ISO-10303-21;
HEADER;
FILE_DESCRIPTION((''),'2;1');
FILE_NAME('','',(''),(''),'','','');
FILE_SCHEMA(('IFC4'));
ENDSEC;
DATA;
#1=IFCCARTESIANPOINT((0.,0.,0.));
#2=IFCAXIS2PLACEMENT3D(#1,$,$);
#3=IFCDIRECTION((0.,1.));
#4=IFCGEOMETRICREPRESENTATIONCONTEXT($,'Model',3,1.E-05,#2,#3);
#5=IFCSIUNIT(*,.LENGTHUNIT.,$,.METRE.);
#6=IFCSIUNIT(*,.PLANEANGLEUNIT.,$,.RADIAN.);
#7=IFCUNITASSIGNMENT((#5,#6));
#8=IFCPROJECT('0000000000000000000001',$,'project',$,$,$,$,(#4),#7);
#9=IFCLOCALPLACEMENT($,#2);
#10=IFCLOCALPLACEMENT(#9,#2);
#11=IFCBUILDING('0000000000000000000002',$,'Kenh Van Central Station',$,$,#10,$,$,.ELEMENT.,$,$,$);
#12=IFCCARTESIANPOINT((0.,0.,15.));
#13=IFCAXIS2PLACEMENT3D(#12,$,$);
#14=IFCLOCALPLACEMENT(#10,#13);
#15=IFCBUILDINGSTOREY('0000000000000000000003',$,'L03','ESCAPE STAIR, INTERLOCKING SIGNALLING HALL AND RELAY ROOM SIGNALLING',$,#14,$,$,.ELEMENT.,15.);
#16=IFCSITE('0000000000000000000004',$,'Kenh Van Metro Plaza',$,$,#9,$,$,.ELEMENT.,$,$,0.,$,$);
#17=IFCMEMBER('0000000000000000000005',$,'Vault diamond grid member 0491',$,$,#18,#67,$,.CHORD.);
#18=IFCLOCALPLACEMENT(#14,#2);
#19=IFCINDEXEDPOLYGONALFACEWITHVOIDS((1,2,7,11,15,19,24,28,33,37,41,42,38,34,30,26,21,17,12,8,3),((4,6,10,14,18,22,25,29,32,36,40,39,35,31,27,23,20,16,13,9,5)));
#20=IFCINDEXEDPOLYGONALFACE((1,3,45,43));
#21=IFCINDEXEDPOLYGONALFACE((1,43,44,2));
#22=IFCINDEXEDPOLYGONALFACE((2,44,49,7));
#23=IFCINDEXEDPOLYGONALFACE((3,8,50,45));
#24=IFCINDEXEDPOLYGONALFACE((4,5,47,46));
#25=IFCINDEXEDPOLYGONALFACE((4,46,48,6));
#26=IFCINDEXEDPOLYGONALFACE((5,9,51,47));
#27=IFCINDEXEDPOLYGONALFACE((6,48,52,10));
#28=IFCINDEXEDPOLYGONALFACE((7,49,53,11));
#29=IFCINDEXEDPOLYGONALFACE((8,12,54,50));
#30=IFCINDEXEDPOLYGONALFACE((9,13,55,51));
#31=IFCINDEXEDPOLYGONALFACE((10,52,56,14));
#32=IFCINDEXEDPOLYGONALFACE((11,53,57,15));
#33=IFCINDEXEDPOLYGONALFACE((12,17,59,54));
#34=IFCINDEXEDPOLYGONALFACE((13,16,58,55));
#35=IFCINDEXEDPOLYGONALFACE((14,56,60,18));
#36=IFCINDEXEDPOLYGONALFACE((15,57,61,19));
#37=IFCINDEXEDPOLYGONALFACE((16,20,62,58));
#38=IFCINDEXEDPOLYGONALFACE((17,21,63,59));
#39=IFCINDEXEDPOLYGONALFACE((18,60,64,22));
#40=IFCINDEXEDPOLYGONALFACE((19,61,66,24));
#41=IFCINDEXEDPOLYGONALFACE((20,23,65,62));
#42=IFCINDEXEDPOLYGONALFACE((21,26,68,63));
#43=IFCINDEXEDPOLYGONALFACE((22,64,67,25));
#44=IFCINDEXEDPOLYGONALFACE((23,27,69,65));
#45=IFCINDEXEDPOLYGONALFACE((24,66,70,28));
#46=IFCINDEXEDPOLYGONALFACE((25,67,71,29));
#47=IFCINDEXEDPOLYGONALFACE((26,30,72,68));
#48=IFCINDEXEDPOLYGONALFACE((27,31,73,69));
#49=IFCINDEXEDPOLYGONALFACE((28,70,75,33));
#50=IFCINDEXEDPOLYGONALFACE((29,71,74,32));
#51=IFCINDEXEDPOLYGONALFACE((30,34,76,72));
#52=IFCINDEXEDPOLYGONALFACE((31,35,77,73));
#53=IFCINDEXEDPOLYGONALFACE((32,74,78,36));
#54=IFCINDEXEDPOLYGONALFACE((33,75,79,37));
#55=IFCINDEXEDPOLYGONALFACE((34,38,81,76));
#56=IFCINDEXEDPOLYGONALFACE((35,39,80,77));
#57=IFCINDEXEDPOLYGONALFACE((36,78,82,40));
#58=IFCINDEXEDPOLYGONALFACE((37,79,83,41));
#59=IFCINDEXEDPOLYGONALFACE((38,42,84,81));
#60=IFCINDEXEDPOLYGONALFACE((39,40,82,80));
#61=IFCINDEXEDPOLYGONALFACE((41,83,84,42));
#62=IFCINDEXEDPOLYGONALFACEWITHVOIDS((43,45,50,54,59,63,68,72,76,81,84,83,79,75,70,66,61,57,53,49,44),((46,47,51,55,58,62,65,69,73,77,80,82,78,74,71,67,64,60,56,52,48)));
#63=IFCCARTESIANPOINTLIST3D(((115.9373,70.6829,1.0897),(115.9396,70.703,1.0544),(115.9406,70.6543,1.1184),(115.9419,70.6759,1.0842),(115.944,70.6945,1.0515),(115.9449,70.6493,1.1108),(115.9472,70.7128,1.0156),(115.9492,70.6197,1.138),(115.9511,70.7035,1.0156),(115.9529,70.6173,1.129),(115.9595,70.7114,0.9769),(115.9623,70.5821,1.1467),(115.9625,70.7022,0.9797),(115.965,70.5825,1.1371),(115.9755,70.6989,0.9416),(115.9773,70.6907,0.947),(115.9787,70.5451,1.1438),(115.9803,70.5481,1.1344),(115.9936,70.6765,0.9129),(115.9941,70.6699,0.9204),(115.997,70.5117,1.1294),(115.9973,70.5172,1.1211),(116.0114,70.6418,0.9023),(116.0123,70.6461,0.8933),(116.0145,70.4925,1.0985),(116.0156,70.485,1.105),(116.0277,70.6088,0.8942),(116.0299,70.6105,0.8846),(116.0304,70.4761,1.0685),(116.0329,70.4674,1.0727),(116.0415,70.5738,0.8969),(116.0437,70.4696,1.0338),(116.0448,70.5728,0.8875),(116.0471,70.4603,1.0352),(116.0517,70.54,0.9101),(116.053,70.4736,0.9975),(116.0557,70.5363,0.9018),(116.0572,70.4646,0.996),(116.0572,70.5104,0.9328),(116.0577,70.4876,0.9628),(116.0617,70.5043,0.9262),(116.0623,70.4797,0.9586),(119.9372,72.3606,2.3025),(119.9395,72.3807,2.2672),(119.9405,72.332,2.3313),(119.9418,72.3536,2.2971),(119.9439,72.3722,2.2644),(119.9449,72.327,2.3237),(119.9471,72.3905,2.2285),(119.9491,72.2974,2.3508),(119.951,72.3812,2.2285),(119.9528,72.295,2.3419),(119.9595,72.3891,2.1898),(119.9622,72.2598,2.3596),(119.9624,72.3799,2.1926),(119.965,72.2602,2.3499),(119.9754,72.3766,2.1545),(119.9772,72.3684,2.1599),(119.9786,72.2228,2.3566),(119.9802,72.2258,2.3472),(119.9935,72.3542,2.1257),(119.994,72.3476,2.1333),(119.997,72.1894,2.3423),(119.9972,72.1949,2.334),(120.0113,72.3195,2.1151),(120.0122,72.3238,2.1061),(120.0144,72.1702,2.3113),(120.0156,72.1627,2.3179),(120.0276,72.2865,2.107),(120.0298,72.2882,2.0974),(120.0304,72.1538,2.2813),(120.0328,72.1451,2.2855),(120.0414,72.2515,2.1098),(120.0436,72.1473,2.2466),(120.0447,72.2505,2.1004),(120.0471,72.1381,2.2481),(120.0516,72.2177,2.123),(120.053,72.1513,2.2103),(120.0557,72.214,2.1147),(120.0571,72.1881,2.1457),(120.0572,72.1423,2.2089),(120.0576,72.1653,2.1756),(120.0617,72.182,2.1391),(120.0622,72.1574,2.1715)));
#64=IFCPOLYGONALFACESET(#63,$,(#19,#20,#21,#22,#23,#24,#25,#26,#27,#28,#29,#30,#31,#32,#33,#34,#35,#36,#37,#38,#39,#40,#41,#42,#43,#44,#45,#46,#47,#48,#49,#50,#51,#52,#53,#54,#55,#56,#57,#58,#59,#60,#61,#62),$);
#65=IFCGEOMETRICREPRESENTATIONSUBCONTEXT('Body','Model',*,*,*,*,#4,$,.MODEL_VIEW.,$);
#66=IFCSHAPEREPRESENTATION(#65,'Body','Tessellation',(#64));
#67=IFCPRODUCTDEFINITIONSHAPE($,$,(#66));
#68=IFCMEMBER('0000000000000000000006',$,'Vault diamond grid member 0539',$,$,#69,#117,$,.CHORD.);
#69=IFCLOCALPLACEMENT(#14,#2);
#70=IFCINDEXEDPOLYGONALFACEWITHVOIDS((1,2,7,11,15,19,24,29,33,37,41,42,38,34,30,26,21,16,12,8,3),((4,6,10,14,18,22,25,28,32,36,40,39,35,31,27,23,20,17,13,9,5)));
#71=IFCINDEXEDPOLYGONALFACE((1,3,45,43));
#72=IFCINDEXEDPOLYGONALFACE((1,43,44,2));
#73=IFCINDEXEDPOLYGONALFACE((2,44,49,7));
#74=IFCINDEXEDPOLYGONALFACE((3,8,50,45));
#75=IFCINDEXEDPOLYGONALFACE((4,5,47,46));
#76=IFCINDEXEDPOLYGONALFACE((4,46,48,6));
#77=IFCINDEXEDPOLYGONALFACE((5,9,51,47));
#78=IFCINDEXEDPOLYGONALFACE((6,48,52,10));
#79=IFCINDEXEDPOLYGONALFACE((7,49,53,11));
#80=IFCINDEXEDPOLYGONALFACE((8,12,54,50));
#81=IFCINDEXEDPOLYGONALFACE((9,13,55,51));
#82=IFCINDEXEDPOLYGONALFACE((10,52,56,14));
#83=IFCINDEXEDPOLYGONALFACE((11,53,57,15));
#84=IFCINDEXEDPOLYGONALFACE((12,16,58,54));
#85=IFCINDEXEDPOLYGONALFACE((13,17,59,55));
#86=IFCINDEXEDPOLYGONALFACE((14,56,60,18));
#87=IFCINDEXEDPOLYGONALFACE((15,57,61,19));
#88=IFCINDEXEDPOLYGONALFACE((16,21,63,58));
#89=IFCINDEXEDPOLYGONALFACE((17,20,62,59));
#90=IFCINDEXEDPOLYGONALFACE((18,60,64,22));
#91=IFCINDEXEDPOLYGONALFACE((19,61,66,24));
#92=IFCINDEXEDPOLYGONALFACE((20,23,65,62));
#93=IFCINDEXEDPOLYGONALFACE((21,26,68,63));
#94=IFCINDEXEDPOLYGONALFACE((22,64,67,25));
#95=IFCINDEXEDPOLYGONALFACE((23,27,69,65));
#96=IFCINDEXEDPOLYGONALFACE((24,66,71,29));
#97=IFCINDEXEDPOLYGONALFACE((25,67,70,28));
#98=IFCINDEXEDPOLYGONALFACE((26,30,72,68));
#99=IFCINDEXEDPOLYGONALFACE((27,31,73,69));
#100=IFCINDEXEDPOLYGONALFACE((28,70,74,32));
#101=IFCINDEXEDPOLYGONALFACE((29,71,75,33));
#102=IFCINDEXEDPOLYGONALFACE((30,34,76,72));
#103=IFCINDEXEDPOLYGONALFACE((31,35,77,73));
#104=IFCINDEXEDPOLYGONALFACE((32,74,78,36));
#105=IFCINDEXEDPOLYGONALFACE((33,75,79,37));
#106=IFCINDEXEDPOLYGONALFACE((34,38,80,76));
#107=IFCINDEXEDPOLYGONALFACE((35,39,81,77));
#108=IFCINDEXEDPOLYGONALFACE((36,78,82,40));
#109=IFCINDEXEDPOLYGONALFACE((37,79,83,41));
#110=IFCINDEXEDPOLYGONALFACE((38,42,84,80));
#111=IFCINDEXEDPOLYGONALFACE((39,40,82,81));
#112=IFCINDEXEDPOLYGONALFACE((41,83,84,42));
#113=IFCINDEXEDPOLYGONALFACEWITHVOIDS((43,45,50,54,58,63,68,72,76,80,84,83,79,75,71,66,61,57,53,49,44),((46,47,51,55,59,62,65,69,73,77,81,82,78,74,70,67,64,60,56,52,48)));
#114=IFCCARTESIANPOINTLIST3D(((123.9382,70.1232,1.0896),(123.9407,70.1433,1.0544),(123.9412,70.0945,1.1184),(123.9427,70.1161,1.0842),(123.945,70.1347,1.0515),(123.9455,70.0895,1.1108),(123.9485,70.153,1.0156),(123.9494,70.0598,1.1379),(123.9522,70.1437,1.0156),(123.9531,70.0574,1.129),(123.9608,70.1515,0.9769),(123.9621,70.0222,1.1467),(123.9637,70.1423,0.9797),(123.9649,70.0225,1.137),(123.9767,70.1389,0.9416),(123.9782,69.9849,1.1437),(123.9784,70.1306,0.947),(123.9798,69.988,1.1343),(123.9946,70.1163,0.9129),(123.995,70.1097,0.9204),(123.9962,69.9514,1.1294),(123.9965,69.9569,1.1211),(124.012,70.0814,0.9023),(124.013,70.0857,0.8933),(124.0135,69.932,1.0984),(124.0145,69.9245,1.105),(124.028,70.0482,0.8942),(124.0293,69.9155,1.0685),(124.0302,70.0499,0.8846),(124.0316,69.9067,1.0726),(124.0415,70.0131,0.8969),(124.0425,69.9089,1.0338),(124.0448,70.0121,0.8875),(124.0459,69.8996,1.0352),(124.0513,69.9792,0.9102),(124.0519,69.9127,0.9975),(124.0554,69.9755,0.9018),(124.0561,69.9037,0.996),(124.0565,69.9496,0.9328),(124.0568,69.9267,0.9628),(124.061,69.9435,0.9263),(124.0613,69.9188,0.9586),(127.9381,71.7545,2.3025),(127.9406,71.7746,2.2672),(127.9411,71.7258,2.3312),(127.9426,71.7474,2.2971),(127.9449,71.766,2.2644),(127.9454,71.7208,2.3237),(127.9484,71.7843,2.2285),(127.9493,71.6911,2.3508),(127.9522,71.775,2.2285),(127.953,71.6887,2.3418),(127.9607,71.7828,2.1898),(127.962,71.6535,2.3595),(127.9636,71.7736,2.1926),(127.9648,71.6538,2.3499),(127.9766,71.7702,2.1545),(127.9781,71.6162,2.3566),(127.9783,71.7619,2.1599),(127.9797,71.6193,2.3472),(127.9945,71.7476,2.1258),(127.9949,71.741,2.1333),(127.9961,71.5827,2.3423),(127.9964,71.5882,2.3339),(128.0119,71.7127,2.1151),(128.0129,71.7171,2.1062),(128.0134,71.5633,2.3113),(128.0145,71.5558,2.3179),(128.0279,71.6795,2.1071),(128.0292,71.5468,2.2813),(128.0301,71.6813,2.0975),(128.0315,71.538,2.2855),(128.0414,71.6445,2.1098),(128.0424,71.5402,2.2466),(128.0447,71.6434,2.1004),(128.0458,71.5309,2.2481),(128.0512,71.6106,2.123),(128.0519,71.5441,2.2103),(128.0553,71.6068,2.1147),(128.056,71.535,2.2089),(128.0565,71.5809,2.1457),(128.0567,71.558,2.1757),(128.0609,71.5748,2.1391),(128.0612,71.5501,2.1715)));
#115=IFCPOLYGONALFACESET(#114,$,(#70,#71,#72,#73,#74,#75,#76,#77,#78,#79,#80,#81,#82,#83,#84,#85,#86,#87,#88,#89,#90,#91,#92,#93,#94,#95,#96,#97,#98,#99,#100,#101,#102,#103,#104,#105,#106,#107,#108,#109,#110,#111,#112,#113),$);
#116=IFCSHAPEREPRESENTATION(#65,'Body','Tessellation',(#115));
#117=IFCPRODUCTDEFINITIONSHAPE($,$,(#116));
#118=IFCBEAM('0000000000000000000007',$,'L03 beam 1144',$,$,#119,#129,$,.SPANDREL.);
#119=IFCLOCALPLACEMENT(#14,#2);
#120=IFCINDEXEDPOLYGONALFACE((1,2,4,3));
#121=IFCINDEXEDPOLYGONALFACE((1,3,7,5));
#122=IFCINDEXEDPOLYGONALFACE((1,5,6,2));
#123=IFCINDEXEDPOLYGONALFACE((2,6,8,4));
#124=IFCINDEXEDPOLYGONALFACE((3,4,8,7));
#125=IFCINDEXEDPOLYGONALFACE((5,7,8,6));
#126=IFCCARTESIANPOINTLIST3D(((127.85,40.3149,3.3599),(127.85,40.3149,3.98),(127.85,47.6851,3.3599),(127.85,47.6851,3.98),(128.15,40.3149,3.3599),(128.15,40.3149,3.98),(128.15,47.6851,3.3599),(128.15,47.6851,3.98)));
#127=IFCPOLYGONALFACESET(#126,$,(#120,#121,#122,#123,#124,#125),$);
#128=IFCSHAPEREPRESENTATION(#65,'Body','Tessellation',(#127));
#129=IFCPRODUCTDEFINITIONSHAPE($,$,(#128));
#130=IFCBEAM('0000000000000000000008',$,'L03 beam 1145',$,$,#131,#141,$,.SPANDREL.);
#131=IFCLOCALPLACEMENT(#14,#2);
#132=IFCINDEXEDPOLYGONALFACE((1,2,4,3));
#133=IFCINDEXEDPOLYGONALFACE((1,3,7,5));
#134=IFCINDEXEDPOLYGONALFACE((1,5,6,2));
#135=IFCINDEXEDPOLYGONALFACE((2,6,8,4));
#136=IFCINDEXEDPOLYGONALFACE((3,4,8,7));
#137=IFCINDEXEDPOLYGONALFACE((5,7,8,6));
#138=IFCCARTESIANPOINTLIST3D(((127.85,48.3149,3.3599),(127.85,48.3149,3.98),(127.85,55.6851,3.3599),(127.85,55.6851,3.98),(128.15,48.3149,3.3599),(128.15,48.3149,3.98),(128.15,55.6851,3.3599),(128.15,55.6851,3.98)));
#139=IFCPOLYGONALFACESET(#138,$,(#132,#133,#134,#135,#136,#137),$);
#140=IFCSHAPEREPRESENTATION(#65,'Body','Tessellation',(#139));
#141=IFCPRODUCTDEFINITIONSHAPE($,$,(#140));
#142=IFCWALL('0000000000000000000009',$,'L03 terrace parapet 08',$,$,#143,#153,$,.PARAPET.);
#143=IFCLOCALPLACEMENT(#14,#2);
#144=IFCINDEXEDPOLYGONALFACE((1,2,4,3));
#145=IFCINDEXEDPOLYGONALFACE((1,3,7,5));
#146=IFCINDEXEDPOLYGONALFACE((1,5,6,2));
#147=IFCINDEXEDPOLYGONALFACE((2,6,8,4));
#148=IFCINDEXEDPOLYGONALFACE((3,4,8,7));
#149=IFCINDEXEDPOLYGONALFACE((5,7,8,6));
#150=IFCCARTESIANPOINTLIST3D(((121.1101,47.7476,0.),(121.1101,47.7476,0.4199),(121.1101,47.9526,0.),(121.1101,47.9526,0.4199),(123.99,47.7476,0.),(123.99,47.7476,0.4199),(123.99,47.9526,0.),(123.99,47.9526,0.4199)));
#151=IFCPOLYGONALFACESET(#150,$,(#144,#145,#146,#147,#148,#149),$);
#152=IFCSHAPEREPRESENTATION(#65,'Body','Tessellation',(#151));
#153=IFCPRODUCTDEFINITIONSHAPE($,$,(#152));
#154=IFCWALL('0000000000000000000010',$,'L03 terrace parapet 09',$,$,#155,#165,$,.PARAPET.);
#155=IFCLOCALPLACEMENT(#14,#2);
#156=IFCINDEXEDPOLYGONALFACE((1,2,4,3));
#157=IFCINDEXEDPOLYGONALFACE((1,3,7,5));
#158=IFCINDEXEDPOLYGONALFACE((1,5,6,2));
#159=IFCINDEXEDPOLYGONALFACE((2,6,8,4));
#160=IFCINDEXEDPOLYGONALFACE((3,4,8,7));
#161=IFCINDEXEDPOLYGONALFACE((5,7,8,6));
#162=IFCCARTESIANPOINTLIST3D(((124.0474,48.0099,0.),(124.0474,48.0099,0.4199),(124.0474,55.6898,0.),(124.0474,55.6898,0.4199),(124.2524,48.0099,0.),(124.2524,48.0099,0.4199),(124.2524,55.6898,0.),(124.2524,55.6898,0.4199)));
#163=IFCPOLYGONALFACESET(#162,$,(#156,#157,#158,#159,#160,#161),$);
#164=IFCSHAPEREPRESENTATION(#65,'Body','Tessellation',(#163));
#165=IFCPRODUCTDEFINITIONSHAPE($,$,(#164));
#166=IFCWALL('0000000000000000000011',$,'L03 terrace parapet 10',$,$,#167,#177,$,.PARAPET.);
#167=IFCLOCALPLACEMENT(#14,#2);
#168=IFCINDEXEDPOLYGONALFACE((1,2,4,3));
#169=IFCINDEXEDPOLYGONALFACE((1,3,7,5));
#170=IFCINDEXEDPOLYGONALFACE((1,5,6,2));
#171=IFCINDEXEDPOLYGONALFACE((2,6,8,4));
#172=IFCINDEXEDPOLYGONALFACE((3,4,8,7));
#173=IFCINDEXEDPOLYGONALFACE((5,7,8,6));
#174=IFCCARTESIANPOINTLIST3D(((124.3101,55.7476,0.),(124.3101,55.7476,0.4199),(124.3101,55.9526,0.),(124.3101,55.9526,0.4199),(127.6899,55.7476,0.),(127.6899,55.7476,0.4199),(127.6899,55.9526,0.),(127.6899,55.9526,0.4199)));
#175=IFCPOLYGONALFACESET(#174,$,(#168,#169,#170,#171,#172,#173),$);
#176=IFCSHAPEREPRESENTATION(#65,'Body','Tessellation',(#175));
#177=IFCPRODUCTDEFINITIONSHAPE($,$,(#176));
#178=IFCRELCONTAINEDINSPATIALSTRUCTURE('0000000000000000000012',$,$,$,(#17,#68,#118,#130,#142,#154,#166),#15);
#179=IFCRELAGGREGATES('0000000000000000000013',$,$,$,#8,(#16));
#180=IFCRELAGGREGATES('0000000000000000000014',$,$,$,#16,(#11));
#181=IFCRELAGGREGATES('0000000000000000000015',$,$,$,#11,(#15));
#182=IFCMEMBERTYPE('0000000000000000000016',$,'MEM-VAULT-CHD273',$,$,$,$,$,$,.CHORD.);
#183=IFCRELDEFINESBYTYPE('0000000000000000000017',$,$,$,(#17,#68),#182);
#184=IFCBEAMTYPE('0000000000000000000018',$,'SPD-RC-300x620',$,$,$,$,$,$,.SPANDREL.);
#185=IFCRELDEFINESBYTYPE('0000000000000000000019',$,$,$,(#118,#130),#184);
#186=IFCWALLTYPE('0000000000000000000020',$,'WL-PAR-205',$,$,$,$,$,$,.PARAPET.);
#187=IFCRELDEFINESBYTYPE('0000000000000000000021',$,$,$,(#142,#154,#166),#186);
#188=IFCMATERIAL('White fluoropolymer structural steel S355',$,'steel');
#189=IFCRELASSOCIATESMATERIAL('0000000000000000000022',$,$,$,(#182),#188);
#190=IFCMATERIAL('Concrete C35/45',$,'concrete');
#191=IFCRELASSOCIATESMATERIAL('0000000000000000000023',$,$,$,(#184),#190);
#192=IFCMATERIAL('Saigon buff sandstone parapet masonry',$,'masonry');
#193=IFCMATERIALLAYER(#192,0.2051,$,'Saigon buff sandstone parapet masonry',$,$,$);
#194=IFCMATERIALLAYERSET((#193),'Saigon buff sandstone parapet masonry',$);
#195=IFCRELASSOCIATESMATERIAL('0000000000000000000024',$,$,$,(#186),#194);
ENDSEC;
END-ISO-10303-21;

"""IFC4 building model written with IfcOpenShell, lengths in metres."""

from ifc_helpers import new_model, si_unit, direction, frame, frame_2d, origin, origin_2d, place, context, subcontext, project, spatial, rectangle, hollow_circle, extrude, material, layer, layer_set, material_profile, profile_set, type_object, element, save


model = new_model("IFC4")

# Units and contexts
model_context = context("Model", 3, precision=1e-05, world=origin(), true_north=direction((0.0, 1.0)))
body_context = subcontext(model_context, "Body", "Model", "MODEL_VIEW")
ifc_project = project(units=[si_unit("LENGTHUNIT", "METRE"), si_unit("PLANEANGLEUNIT", "RADIAN")], contexts=[model_context])

# Site, building, storey
site_placement = place(None, origin())
site = spatial("IfcSite", under=ifc_project, at=site_placement, Name="Kenh Van Metro Plaza", CompositionType="ELEMENT", RefElevation=0.0)
building_placement = place(site_placement, origin())
building = spatial("IfcBuilding", under=site, at=building_placement, Name="Kenh Van Central Station", CompositionType="ELEMENT")
storey_placement = place(building_placement, frame((0.0, 0.0, 15.0)))
storey = spatial("IfcBuildingStorey", under=building, at=storey_placement, Name="L03", Description="ESCAPE STAIR, INTERLOCKING SIGNALLING HALL AND RELAY ROOM SIGNALLING", CompositionType="ELEMENT", Elevation=15.0)

# Shared definitions
ifc_material_1 = material(Name="Concrete C35/45", Category="concrete")

# Members
ifc_material_2 = material(Name="White fluoropolymer structural steel S355", Category="steel")
ifc_material_profile_1 = material_profile(ifc_material_2, hollow_circle(Radius=0.1365, WallThickness=0.01, at=origin_2d()), Name="CHS 273x10")
ifc_profile_set_1 = profile_set([ifc_material_profile_1], Name="White fluoropolymer structural steel S355")
member_type_1 = type_object("IfcMemberType", Name="MEM-VAULT-CHD273", PredefinedType="CHORD", material=ifc_profile_set_1)
member_1_placement = place(storey_placement, frame((116.0, 70.5869, 1.0156), z_axis=(0.888102, 0.3725, 0.269293), x_axis=(-0.386788, 0.922168, 0.0)))
element("IfcMember", 1, at=member_1_placement, inside=storey, type_object=member_type_1, Name="Vault diamond grid member 0491", PredefinedType="CHORD", context=body_context, shape_type="SweptSolid", body=[
    extrude(hollow_circle(Radius=0.1365, WallThickness=0.01, at=origin_2d()), origin(), (0.0, 0.0, 1.0), 4.5039),
])
member_2_placement = place(storey_placement, frame((124.0, 70.0266, 1.0156), z_axis=(0.891481, 0.363579, 0.270317), x_axis=(-0.377638, 0.925953, 0.0)))
element("IfcMember", 2, at=member_2_placement, inside=storey, type_object=member_type_1, Name="Vault diamond grid member 0539", PredefinedType="CHORD", context=body_context, shape_type="SweptSolid", body=[
    extrude(hollow_circle(Radius=0.1365, WallThickness=0.01, at=origin_2d()), origin(), (0.0, 0.0, 1.0), 4.4868),
])

# Beams
ifc_material_profile_2 = material_profile(ifc_material_1, rectangle(XDim=0.3, YDim=0.6201, at=origin_2d()), Name="RC 300x620")
ifc_profile_set_2 = profile_set([ifc_material_profile_2], Name="Concrete C35/45")
beam_type_1 = type_object("IfcBeamType", Name="SPD-RC-300x620", PredefinedType="SPANDREL", material=ifc_profile_set_2)
for number, where, z_axis, x_axis, name in (
    (3, (128.0, 40.3149, 3.6699), (0.0, 1.0, 0.0), (-1.0, 0.0, 0.0), "L03 beam 1144"),
    (4, (128.0, 48.3149, 3.6699), (0.0, 1.0, 0.0), (-1.0, 0.0, 0.0), "L03 beam 1145"),
):
    element("IfcBeam", number, at=place(storey_placement, frame(where, z_axis=z_axis, x_axis=x_axis)), inside=storey, type_object=beam_type_1, Name=name, PredefinedType="SPANDREL", context=body_context, shape_type="SweptSolid", body=[
        extrude(rectangle(XDim=0.3, YDim=0.6201, at=origin_2d()), origin(), (0.0, 0.0, 1.0), 7.3701),
    ])

# Walls
ifc_material_3 = material(Name="Saigon buff sandstone parapet masonry", Category="masonry")
ifc_layer_1 = layer(ifc_material_3, 0.2051, Name="Saigon buff sandstone parapet masonry")
ifc_layer_set_1 = layer_set([ifc_layer_1], Name="Saigon buff sandstone parapet masonry")
wall_type_1 = type_object("IfcWallType", Name="WL-PAR-205", PredefinedType="PARAPET", material=ifc_layer_set_1)
wall_1_placement = place(storey_placement, frame((121.1101, 47.8501, 0.0), z_axis=(0.0, 0.0, 1.0), x_axis=(1.0, 0.0, 0.0)))
element("IfcWall", 5, at=wall_1_placement, inside=storey, type_object=wall_type_1, Name="L03 terrace parapet 08", PredefinedType="PARAPET", context=body_context, shape_type="SweptSolid", body=[
    extrude(rectangle(XDim=2.8799, YDim=0.2051, at=frame_2d((1.4399, 0.0))), origin(), (0.0, 0.0, 1.0), 0.4199),
])
wall_2_placement = place(storey_placement, frame((124.1499, 48.01, 0.0), z_axis=(0.0, 0.0, 1.0), x_axis=(0.0, 1.0, 0.0)))
element("IfcWall", 6, at=wall_2_placement, inside=storey, type_object=wall_type_1, Name="L03 terrace parapet 09", PredefinedType="PARAPET", context=body_context, shape_type="SweptSolid", body=[
    extrude(rectangle(XDim=7.6799, YDim=0.2051, at=frame_2d((3.8398, 0.0))), origin(), (0.0, 0.0, 1.0), 0.4199),
])
wall_3_placement = place(storey_placement, frame((124.3101, 55.8501, 0.0), z_axis=(0.0, 0.0, 1.0), x_axis=(1.0, 0.0, 0.0)))
element("IfcWall", 7, at=wall_3_placement, inside=storey, type_object=wall_type_1, Name="L03 terrace parapet 10", PredefinedType="PARAPET", context=body_context, shape_type="SweptSolid", body=[
    extrude(rectangle(XDim=3.3799, YDim=0.2051, at=frame_2d((1.6899, 0.0))), origin(), (0.0, 0.0, 1.0), 0.4199),
])

save(model, "model.ifc")
